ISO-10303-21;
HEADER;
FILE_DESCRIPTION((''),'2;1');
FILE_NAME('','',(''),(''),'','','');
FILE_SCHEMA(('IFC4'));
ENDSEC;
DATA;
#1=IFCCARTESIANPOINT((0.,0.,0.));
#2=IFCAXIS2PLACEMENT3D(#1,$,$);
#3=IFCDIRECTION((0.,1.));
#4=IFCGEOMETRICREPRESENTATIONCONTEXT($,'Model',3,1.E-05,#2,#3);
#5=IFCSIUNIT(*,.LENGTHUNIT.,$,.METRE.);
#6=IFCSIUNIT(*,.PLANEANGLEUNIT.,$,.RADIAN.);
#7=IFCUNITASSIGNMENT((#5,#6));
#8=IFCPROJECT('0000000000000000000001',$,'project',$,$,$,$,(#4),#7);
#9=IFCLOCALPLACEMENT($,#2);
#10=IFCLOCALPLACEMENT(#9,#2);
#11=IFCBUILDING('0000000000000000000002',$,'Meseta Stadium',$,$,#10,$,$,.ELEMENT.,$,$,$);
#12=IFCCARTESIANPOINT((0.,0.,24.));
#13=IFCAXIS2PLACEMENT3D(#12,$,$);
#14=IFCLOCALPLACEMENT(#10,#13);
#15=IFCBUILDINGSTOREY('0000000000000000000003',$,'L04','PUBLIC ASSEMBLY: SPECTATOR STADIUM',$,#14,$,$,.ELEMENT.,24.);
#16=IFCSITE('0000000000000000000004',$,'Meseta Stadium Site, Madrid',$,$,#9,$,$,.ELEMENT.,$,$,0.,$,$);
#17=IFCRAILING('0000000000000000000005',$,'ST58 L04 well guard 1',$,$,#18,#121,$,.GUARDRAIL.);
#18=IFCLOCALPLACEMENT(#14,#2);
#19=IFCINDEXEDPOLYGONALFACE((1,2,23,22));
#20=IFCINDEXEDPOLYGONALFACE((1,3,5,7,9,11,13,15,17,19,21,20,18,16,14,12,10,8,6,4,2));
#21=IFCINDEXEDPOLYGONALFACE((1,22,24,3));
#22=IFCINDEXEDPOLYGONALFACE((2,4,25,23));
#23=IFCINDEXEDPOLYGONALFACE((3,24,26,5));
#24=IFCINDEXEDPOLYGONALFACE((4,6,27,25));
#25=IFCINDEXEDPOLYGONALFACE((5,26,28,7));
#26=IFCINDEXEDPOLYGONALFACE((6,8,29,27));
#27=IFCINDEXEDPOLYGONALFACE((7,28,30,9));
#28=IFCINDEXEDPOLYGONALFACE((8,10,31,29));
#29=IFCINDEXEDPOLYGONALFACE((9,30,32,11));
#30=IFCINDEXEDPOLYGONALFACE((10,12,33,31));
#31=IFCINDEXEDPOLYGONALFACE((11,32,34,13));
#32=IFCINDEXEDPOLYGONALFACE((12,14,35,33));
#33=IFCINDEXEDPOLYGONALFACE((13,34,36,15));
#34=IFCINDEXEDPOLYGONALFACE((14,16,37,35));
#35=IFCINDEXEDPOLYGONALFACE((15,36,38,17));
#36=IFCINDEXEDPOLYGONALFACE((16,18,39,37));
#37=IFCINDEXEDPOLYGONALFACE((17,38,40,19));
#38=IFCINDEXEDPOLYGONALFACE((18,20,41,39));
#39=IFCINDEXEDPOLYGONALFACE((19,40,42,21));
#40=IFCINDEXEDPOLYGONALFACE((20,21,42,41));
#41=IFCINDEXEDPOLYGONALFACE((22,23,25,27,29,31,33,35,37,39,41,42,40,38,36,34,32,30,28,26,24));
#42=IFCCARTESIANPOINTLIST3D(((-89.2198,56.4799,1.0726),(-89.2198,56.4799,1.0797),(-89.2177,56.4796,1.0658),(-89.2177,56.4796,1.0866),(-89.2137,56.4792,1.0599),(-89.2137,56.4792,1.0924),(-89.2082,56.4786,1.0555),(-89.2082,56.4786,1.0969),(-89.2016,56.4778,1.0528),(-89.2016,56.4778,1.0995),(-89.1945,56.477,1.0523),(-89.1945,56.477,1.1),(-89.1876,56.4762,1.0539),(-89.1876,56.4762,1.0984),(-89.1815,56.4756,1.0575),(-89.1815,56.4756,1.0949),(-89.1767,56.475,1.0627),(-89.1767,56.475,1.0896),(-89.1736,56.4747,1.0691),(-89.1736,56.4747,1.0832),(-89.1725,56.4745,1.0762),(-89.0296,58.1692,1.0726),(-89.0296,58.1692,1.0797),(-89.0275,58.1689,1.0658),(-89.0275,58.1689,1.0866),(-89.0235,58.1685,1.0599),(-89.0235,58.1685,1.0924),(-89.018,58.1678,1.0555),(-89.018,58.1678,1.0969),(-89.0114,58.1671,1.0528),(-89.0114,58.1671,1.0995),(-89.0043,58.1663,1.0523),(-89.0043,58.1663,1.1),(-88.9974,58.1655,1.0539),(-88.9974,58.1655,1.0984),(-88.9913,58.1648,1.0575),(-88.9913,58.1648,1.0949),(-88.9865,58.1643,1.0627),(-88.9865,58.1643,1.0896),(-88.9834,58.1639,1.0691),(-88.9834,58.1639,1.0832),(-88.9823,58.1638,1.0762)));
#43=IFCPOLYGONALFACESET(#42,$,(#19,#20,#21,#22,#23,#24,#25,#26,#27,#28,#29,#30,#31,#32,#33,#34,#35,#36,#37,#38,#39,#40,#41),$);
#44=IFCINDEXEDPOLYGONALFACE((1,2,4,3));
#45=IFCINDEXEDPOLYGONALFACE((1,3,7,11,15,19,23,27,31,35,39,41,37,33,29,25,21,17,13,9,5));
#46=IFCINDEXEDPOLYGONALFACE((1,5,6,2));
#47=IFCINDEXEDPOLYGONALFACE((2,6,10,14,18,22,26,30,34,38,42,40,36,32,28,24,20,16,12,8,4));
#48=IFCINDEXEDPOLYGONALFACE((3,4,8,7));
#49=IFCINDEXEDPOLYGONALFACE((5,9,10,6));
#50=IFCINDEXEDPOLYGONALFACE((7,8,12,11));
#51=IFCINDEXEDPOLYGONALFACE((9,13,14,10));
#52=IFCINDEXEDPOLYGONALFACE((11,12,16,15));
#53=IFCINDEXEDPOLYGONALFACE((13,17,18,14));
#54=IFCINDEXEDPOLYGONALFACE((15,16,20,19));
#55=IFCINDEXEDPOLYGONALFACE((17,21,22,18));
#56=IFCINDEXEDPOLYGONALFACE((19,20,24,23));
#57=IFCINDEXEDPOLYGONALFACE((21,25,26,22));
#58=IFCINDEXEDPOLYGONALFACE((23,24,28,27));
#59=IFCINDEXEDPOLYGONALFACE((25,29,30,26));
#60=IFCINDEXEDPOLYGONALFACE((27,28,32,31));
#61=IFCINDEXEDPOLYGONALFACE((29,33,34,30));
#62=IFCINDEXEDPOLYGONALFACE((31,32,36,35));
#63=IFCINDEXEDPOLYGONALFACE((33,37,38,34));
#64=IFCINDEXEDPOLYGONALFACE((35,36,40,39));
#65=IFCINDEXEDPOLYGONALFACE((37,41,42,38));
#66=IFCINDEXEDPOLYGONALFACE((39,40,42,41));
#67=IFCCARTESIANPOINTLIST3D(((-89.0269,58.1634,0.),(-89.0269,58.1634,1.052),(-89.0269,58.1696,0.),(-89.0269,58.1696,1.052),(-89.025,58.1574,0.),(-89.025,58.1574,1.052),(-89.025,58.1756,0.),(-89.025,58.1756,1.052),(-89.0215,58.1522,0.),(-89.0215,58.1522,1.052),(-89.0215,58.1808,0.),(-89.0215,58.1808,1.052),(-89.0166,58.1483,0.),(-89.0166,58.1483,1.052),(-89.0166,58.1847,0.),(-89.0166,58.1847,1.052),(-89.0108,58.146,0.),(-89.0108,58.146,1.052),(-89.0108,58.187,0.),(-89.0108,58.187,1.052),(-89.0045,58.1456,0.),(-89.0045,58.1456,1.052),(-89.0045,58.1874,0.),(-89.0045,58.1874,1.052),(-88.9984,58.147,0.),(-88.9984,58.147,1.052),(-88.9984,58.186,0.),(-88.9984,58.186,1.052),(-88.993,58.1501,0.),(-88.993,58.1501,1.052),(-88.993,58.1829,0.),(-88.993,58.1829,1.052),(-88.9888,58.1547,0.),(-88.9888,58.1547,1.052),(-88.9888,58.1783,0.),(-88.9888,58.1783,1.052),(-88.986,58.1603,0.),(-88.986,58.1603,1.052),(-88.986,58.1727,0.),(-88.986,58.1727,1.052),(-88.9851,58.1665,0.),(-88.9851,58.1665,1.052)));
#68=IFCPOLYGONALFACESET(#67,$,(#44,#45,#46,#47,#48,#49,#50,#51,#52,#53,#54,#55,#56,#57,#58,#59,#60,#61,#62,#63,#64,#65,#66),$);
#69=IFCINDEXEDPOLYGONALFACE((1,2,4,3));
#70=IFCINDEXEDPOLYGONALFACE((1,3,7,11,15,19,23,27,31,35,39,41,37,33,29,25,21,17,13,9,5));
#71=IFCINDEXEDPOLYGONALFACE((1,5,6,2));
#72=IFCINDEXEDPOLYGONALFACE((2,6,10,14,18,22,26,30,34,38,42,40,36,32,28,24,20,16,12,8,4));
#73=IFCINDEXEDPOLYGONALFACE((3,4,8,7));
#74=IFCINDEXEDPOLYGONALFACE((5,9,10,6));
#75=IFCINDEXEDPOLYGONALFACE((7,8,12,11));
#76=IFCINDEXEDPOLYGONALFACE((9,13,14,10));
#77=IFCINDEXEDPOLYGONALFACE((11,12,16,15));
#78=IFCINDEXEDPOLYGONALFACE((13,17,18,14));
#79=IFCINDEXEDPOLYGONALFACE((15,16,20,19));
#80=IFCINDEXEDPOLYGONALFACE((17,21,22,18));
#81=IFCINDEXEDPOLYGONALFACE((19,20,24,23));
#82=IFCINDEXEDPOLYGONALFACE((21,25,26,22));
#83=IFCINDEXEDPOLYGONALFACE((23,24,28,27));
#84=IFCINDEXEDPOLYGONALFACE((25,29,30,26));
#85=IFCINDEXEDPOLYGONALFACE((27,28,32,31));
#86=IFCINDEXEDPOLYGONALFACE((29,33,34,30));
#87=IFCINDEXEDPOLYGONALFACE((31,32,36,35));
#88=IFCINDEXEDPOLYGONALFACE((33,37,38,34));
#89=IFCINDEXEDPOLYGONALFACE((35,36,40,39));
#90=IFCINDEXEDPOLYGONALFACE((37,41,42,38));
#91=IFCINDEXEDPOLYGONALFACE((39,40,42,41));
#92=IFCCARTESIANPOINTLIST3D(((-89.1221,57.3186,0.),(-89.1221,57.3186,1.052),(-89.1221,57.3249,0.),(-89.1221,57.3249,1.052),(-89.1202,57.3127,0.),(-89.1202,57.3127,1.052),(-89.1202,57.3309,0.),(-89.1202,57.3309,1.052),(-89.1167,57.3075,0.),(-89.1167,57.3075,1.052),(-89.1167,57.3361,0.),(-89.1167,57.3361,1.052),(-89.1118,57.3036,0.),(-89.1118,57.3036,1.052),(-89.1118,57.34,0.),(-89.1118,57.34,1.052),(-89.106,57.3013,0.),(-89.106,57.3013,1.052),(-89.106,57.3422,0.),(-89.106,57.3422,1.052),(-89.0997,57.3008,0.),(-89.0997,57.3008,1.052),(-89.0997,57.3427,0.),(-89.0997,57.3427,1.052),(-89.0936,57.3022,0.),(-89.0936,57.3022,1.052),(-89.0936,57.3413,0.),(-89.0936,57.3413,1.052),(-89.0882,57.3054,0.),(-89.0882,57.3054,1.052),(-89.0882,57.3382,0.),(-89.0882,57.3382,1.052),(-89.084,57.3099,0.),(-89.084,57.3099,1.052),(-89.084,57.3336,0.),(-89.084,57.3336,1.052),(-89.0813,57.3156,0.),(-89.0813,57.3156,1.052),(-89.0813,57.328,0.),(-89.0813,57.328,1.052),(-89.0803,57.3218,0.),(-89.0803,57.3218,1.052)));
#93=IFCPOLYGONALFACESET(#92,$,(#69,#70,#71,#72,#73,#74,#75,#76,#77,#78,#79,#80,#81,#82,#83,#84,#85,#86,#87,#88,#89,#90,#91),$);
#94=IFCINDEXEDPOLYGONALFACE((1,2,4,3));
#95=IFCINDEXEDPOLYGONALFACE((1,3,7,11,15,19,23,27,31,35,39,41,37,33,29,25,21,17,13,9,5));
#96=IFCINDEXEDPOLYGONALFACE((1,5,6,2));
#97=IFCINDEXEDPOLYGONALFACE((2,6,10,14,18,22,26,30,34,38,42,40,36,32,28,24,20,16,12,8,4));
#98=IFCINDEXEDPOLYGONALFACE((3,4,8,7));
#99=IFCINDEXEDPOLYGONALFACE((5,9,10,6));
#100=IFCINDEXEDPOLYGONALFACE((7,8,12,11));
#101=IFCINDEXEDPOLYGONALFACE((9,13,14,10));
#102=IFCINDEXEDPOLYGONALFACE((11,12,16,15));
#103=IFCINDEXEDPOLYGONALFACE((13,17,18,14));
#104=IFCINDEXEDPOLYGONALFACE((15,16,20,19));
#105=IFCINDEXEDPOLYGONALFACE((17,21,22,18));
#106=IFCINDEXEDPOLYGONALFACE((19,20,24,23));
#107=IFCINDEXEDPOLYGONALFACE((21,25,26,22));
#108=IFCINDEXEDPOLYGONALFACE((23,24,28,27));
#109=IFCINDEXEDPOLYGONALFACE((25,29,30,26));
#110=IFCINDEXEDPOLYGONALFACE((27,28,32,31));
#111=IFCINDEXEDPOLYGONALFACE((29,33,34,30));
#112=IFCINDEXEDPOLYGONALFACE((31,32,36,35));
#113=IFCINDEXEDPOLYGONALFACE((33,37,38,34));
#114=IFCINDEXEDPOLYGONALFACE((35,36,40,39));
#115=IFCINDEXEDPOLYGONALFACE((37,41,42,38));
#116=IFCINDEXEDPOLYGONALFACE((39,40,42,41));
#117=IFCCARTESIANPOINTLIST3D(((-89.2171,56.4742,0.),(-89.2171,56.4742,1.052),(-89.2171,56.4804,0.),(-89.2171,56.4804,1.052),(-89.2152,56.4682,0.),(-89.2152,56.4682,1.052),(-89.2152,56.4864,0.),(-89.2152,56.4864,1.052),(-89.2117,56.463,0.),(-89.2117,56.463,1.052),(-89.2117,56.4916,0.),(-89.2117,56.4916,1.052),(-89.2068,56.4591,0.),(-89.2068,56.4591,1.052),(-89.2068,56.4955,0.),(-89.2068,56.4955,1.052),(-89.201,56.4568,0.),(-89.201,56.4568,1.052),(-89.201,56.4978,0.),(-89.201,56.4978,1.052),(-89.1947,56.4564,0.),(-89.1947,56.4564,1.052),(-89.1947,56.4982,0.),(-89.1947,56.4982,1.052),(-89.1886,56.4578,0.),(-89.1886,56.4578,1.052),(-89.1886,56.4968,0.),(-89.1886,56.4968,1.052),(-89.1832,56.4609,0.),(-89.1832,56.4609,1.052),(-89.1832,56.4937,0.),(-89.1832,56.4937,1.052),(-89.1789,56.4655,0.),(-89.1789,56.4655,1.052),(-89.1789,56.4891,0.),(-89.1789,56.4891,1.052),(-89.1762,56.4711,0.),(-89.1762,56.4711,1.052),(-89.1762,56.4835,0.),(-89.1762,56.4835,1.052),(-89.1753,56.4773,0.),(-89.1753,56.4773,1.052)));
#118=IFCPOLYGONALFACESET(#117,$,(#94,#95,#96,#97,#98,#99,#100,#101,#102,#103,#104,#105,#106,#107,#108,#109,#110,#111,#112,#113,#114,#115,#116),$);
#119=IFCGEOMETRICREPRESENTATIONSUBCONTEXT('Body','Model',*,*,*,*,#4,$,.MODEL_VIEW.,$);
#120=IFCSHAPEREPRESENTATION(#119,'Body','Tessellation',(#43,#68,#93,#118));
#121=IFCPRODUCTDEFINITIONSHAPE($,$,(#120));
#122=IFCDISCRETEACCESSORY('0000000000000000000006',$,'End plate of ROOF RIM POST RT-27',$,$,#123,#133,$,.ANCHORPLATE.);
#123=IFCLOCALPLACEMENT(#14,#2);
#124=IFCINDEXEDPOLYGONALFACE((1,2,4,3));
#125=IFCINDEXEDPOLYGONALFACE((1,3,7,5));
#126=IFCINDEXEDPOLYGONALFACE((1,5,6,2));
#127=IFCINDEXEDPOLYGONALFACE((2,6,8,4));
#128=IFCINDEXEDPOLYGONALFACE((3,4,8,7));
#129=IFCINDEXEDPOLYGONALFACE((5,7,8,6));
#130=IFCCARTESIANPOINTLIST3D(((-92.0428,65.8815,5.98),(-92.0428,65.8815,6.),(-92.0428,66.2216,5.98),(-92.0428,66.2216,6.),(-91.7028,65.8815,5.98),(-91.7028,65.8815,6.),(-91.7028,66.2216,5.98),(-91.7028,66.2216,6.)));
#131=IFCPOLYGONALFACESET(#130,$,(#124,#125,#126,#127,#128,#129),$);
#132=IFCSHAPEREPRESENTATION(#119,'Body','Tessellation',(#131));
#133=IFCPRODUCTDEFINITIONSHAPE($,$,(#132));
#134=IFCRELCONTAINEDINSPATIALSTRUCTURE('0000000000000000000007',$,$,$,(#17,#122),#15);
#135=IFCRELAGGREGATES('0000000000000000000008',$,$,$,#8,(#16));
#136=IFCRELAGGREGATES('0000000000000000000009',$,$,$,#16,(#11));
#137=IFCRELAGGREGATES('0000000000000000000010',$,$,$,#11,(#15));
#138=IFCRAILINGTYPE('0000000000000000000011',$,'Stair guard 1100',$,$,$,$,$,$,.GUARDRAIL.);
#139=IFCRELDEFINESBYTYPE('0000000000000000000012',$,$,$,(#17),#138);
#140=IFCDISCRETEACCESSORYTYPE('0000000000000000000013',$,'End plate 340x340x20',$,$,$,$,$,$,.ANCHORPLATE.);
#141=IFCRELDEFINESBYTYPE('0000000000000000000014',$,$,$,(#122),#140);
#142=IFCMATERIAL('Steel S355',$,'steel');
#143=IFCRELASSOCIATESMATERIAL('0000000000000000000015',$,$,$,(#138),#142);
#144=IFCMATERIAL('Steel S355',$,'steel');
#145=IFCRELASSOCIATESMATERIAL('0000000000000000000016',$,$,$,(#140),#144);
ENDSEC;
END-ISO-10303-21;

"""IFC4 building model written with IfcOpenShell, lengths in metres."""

from ifc_helpers import new_model, si_unit, direction, frame, origin, origin_2d, place, context, subcontext, project, spatial, rectangle, circle, extrude, material, material_profile, profile_set, type_object, element, save


model = new_model("IFC4")

# Units and contexts
model_context = context("Model", 3, precision=1e-05, world=origin(), true_north=direction((0.0, 1.0)))
body_context = subcontext(model_context, "Body", "Model", "MODEL_VIEW")
ifc_project = project(units=[si_unit("LENGTHUNIT", "METRE"), si_unit("PLANEANGLEUNIT", "RADIAN")], contexts=[model_context])

# Site, building, storey
site_placement = place(None, origin())
site = spatial("IfcSite", under=ifc_project, at=site_placement, Name="Meseta Stadium Site, Madrid", CompositionType="ELEMENT", RefElevation=0.0)
building_placement = place(site_placement, origin())
building = spatial("IfcBuilding", under=site, at=building_placement, Name="Meseta Stadium", CompositionType="ELEMENT")
storey_placement = place(building_placement, frame((0.0, 0.0, 24.0)))
storey = spatial("IfcBuildingStorey", under=building, at=storey_placement, Name="L04", Description="PUBLIC ASSEMBLY: SPECTATOR STADIUM", CompositionType="ELEMENT", Elevation=24.0)

# Railing
ifc_material_1 = material(Name="Steel S355", Category="steel")
railing_type = type_object("IfcRailingType", Name="Stair guard 1100", PredefinedType="GUARDRAIL", material=ifc_material_1)
railing_1_placement = place(storey_placement, frame((-89.0061, 58.1665, 0.0)))
element("IfcRailing", 1, at=railing_1_placement, inside=storey, type_object=railing_type, Name="ST58 L04 well guard 1", PredefinedType="GUARDRAIL", context=body_context, shape_type="SweptSolid", body=[
    extrude(circle(Radius=0.0239, at=origin_2d()), frame((0.0, 0.0, 1.0762), z_axis=(-0.111882, -0.993722, 0.0), x_axis=(0.993722, -0.111882, 0.0)), (0.0, 0.0, 1.0), 1.7),
    extrude(circle(Radius=0.021, at=origin_2d()), origin(), (0.0, 0.0, 1.0), 1.052),
    extrude(circle(Radius=0.021, at=origin_2d()), frame((-0.0952, -0.8447, 0.0)), (0.0, 0.0, 1.0), 1.052),
    extrude(circle(Radius=0.021, at=origin_2d()), frame((-0.1902, -1.6892, 0.0)), (0.0, 0.0, 1.0), 1.052),
])

# Discrete accessory
ifc_material_2 = material(Name="Steel S355", Category="steel")
ifc_material_profile_1 = material_profile(ifc_material_2, rectangle(XDim=0.3401, YDim=0.3401, at=origin_2d()), Name="PL 340x340")
ifc_profile_set_1 = profile_set([ifc_material_profile_1], Name="Steel S355")
discrete_accessory_type = type_object("IfcDiscreteAccessoryType", Name="End plate 340x340x20", PredefinedType="ANCHORPLATE", material=ifc_profile_set_1)
discrete_accessory_placement = place(storey_placement, frame((-91.8728, 66.0515, 5.98), z_axis=(0.0, 0.0, 1.0), x_axis=(1.0, 0.0, 0.0)))
element("IfcDiscreteAccessory", 2, at=discrete_accessory_placement, inside=storey, type_object=discrete_accessory_type, Name="End plate of ROOF RIM POST RT-27", PredefinedType="ANCHORPLATE", context=body_context, shape_type="SweptSolid", body=[
    extrude(rectangle(XDim=0.3401, YDim=0.3401, at=origin_2d()), origin(), (0.0, 0.0, 1.0), 0.02),
])

save(model, "model.ifc")
